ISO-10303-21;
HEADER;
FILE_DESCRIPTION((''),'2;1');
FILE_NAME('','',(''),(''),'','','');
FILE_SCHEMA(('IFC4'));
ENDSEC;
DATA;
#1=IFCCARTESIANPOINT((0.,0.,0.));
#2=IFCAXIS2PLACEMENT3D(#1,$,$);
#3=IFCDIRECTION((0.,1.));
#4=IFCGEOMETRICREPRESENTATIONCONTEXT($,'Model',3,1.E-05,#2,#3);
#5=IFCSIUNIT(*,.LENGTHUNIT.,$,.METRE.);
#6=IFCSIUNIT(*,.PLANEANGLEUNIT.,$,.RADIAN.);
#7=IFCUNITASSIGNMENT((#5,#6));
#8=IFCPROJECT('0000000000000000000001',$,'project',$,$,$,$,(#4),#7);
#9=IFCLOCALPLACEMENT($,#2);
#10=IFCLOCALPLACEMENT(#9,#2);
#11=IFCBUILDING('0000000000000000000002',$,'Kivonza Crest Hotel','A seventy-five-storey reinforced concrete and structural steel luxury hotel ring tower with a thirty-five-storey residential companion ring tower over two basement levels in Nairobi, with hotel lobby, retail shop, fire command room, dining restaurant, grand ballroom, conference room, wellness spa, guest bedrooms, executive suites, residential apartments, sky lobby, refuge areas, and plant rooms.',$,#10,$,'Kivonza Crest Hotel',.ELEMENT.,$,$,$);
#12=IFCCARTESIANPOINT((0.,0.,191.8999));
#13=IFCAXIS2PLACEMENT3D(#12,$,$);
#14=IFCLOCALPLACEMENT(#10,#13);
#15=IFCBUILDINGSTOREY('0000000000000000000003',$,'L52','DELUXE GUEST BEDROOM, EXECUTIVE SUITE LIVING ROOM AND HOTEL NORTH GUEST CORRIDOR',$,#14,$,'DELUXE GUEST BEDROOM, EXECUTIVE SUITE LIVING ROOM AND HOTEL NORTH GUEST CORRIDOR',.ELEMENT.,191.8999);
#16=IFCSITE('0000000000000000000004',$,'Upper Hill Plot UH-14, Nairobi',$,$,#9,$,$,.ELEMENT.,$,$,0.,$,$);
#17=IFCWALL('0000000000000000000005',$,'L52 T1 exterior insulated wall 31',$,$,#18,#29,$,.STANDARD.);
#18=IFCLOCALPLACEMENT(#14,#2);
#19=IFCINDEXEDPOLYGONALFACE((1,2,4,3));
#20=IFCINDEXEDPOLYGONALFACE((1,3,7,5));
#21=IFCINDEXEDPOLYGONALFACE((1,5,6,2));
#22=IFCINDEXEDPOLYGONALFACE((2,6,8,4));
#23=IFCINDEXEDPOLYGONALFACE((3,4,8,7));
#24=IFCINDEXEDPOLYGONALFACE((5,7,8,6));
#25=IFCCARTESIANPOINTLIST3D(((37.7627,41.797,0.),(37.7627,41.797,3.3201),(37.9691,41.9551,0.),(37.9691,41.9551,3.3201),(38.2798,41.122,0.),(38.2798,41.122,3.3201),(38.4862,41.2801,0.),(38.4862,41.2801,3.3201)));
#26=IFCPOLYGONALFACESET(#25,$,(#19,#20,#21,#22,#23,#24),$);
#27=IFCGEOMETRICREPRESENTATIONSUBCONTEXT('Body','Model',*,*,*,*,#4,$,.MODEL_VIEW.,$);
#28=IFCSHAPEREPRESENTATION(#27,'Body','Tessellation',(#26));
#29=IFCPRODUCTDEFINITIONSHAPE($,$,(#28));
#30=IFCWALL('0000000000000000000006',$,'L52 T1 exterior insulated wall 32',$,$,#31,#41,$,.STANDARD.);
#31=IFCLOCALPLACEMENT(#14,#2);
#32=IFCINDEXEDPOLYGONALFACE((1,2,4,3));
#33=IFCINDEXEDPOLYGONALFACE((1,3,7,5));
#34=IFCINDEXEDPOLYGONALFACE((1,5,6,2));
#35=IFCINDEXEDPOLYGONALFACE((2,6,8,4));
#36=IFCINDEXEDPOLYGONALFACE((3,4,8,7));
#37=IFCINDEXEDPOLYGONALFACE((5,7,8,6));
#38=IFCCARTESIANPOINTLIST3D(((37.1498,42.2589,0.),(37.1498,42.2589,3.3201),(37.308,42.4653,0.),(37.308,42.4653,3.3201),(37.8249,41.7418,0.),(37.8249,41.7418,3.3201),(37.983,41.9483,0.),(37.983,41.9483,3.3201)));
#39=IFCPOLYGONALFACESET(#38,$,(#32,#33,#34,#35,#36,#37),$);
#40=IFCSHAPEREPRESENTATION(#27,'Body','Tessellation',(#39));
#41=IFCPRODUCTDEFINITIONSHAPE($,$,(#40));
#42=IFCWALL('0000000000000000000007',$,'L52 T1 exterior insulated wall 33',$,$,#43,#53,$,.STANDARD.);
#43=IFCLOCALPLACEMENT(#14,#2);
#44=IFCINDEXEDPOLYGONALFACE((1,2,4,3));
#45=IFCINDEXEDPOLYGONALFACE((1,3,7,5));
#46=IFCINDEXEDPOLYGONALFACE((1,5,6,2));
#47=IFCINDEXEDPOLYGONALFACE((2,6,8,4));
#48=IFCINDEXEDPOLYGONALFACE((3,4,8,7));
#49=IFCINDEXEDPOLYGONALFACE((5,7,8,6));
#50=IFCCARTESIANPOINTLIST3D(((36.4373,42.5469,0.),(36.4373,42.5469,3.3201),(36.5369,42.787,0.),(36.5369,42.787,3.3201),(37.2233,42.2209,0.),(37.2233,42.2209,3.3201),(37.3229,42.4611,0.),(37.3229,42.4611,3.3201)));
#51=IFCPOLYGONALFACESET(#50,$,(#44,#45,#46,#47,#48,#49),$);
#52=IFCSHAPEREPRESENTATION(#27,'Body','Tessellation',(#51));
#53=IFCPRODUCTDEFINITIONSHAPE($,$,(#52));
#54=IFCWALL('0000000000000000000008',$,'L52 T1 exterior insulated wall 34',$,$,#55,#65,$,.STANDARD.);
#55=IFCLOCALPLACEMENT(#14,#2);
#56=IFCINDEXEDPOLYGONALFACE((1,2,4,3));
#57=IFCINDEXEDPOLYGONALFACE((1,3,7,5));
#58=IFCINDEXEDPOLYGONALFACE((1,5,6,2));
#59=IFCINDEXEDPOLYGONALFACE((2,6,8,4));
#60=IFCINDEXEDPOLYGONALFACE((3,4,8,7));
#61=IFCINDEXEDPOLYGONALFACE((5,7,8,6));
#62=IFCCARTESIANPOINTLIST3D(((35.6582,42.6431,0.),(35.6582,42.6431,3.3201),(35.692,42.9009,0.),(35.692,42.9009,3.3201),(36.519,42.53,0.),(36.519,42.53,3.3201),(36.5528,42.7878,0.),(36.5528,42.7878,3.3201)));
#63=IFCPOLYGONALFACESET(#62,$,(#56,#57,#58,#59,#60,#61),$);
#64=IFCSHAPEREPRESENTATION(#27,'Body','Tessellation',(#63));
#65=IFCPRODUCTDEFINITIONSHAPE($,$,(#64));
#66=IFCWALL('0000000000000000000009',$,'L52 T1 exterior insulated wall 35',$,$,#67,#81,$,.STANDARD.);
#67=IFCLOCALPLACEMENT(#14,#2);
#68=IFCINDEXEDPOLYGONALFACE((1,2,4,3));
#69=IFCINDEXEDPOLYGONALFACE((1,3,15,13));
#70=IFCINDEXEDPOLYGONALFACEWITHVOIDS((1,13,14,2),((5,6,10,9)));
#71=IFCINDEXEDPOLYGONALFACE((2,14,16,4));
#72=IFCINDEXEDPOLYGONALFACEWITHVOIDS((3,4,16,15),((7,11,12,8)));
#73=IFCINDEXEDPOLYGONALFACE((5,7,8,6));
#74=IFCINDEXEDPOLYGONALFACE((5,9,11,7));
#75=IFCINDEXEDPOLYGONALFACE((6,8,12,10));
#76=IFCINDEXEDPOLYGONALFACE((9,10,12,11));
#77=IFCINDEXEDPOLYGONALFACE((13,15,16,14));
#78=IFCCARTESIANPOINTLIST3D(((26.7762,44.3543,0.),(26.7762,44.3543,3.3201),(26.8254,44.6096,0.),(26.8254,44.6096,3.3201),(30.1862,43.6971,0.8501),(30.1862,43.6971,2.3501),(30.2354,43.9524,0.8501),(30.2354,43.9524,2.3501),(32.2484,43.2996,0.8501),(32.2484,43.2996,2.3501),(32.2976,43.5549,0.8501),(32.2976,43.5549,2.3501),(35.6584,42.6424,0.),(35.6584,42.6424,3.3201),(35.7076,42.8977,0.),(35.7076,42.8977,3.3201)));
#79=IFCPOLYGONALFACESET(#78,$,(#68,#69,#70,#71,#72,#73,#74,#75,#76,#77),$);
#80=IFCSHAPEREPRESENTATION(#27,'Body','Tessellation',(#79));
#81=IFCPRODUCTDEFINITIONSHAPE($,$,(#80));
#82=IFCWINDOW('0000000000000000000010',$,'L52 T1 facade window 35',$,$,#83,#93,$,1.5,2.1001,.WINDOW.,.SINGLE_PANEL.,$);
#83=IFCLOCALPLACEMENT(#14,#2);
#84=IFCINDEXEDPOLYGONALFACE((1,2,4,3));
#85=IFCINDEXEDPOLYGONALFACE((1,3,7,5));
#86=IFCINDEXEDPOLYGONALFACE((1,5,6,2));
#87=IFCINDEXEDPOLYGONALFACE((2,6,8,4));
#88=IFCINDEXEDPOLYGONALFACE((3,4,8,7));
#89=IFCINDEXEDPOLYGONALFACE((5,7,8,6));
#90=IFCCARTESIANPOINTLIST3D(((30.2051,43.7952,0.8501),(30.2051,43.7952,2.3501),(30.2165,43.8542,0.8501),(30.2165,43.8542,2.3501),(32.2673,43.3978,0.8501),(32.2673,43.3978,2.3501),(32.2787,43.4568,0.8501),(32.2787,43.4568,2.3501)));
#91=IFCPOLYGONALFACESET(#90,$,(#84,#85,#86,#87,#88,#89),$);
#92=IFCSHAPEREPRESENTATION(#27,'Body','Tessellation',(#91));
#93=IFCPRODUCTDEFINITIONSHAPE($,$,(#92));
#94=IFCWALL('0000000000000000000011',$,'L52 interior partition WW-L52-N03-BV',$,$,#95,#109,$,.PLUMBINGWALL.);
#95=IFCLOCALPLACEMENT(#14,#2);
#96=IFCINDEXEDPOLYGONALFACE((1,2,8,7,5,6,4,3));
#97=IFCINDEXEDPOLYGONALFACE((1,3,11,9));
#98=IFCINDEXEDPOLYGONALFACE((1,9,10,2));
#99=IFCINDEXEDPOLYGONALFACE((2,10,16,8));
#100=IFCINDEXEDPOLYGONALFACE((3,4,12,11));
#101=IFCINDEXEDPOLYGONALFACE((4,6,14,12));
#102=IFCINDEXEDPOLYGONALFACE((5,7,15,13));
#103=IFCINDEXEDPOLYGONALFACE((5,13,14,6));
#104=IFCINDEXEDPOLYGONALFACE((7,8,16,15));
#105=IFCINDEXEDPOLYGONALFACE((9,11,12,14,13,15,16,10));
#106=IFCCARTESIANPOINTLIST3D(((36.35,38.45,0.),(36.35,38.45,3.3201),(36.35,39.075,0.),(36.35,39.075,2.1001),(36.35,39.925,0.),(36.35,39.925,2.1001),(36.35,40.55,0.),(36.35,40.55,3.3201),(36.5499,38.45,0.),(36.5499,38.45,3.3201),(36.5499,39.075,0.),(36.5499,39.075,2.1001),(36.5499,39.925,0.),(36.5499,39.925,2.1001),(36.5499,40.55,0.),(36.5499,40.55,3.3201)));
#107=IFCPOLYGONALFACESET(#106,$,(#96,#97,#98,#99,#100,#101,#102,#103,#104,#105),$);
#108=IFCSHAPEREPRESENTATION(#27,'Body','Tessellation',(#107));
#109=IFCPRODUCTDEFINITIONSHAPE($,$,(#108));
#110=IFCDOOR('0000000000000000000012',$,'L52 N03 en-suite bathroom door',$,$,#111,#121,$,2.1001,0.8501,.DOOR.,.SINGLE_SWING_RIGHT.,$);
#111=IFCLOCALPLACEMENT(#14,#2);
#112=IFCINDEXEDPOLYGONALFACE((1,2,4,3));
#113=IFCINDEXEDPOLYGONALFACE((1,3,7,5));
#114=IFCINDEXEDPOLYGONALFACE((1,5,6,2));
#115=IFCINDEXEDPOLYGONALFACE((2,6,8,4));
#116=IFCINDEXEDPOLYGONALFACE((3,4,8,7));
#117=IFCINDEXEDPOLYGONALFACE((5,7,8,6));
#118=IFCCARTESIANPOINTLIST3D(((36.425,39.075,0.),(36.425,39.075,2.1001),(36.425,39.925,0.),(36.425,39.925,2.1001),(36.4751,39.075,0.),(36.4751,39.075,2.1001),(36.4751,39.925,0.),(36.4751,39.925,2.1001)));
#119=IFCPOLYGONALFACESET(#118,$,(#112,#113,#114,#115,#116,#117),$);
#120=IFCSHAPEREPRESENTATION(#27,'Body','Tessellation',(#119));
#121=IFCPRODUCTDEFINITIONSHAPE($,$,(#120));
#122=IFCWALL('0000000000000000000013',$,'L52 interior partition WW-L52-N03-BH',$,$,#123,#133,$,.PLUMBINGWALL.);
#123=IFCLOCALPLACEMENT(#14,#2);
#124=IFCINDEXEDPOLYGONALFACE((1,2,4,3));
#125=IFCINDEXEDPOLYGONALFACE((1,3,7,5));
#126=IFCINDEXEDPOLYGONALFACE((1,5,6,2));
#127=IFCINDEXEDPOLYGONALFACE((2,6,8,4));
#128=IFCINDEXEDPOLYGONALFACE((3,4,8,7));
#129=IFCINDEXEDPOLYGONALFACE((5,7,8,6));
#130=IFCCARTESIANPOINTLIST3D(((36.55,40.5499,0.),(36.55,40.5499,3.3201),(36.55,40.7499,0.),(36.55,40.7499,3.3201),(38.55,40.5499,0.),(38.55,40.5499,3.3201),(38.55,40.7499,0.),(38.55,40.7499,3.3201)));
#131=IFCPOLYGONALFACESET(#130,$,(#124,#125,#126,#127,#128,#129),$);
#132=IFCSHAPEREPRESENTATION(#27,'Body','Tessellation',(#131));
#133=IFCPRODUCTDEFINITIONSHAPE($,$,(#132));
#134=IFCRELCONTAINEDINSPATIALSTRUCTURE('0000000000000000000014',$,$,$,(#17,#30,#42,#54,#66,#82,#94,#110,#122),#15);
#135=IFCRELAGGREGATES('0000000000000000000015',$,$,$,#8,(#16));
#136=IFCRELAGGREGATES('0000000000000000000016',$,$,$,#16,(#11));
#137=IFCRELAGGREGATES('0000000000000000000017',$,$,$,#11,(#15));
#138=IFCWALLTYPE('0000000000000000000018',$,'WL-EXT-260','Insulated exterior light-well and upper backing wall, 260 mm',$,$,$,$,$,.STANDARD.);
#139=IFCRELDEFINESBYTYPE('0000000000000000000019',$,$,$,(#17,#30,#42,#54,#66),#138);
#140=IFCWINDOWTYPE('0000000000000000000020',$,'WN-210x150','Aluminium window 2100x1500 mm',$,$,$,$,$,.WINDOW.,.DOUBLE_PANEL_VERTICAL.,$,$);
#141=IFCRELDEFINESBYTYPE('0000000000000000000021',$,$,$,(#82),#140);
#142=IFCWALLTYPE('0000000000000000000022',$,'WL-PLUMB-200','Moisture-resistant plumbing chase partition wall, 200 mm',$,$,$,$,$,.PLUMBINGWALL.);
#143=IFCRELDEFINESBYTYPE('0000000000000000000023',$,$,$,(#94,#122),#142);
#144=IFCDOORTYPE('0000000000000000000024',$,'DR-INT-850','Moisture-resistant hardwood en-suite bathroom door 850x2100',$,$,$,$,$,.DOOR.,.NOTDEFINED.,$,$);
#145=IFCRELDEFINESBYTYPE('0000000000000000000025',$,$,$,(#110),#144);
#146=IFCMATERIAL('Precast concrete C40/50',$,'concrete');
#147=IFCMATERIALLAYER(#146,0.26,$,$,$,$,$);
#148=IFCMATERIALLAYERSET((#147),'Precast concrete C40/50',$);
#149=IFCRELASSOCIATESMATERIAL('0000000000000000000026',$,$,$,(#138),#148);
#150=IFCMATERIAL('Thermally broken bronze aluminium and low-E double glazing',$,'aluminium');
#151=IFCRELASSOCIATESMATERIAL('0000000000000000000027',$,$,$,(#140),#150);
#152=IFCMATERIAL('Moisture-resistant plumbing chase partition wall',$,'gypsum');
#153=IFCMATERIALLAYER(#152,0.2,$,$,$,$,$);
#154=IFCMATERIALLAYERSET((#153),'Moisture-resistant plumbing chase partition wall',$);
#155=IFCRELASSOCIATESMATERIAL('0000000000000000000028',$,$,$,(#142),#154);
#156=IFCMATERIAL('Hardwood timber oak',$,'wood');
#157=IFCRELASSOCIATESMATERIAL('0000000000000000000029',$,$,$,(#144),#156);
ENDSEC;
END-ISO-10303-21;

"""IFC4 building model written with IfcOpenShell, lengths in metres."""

from ifc_helpers import new_model, si_unit, direction, frame, frame_2d, origin, place, context, subcontext, project, spatial, rectangle, extrude, material, layer, layer_set, type_object, element, fill, save


model = new_model("IFC4")

# Units and contexts
model_context = context("Model", 3, precision=1e-05, world=origin(), true_north=direction((0.0, 1.0)))
body_context = subcontext(model_context, "Body", "Model", "MODEL_VIEW")
ifc_project = project(units=[si_unit("LENGTHUNIT", "METRE"), si_unit("PLANEANGLEUNIT", "RADIAN")], contexts=[model_context])

# Site, building, storey
site_placement = place(None, origin())
site = spatial("IfcSite", under=ifc_project, at=site_placement, Name="Upper Hill Plot UH-14, Nairobi", CompositionType="ELEMENT", RefElevation=0.0)
building_placement = place(site_placement, origin())
building = spatial("IfcBuilding", under=site, at=building_placement, Name="Kivonza Crest Hotel", Description="A seventy-five-storey reinforced concrete and structural steel luxury hotel ring tower with a thirty-five-storey residential companion ring tower over two basement levels in Nairobi, with hotel lobby, retail shop, fire command room, dining restaurant, grand ballroom, conference room, wellness spa, guest bedrooms, executive suites, residential apartments, sky lobby, refuge areas, and plant rooms.", LongName="Kivonza Crest Hotel", CompositionType="ELEMENT")
storey_placement = place(building_placement, frame((0.0, 0.0, 191.8999)))
storey = spatial("IfcBuildingStorey", under=building, at=storey_placement, Name="L52", Description="DELUXE GUEST BEDROOM, EXECUTIVE SUITE LIVING ROOM AND HOTEL NORTH GUEST CORRIDOR", LongName="DELUXE GUEST BEDROOM, EXECUTIVE SUITE LIVING ROOM AND HOTEL NORTH GUEST CORRIDOR", CompositionType="ELEMENT", Elevation=191.8999)

# Walls
ifc_material_1 = material(Name="Precast concrete C40/50", Category="concrete")
ifc_layer_1 = layer(ifc_material_1, 0.26)
ifc_layer_set_1 = layer_set([ifc_layer_1], Name="Precast concrete C40/50")
wall_type_1 = type_object("IfcWallType", Name="WL-EXT-260", Description="Insulated exterior light-well and upper backing wall, 260 mm", PredefinedType="STANDARD", material=ifc_layer_set_1)
for number, where, z_axis, x_axis, name in (
    (1, (38.3831, 41.2009, 0.0), (0.0, 0.0, 1.0), (-0.6081, 0.79386, 0.0), "L52 T1 exterior insulated wall 31"),
    (2, (37.9041, 41.845, 0.0), (0.0, 0.0, 1.0), (-0.79386, 0.6081, 0.0), "L52 T1 exterior insulated wall 32"),
):
    element("IfcWall", number, at=place(storey_placement, frame(where, z_axis=z_axis, x_axis=x_axis)), inside=storey, type_object=wall_type_1, Name=name, PredefinedType="STANDARD", context=body_context, shape_type="SweptSolid", body=[
        extrude(rectangle(XDim=0.8503, YDim=0.26, at=frame_2d((0.4253, 0.0))), origin(), (0.0, 0.0, 1.0), 3.3201),
    ])
wall_1_placement = place(storey_placement, frame((37.2729, 42.3411, 0.0), z_axis=(0.0, 0.0, 1.0), x_axis=(-0.923712, 0.383087, 0.0)))
element("IfcWall", 3, at=wall_1_placement, inside=storey, type_object=wall_type_1, Name="L52 T1 exterior insulated wall 33", PredefinedType="STANDARD", context=body_context, shape_type="SweptSolid", body=[
    extrude(rectangle(XDim=0.8508, YDim=0.26, at=frame_2d((0.4253, 0.0))), origin(), (0.0, 0.0, 1.0), 3.3201),
])
wall_2_placement = place(storey_placement, frame((36.5359, 42.6589, 0.0), z_axis=(0.0, 0.0, 1.0), x_axis=(-0.991489, 0.130193, 0.0)))
element("IfcWall", 4, at=wall_2_placement, inside=storey, type_object=wall_type_1, Name="L52 T1 exterior insulated wall 34", PredefinedType="STANDARD", context=body_context, shape_type="SweptSolid", body=[
    extrude(rectangle(XDim=0.8682, YDim=0.26, at=frame_2d((0.4341, 0.0))), origin(), (0.0, 0.0, 1.0), 3.3201),
])

# Wall, opening, window
wall_3_placement = place(storey_placement, frame((35.6831, 42.77, 0.0), z_axis=(0.0, 0.0, 1.0), x_axis=(-0.981928, 0.189255, 0.0)))
wall_3 = element("IfcWall", 5, at=wall_3_placement, inside=storey, type_object=wall_type_1, Name="L52 T1 exterior insulated wall 35", PredefinedType="STANDARD", context=body_context, shape_type="SweptSolid", body=[
    extrude(rectangle(XDim=9.0457, YDim=0.26, at=frame_2d((4.5229, 0.0))), origin(), (0.0, 0.0, 1.0), 3.3201),
])
opening_1_placement = place(wall_3_placement, frame((3.4729, 0.0, 0.8501)))
opening_1 = element("IfcOpeningElement", 6, at=opening_1_placement, cuts=wall_3, PredefinedType="OPENING", context=body_context, shape_type="SweptSolid", body=[
    extrude(rectangle(XDim=2.1001, YDim=1.5, at=frame_2d((1.05, 0.75))), frame((0.0, 0.1401, 0.0), z_axis=(0.0, -1.0, 0.0), x_axis=(1.0, 0.0, 0.0)), (0.0, 0.0, 1.0), 0.28),
])
ifc_material_2 = material(Name="Thermally broken bronze aluminium and low-E double glazing", Category="aluminium")
window_type = type_object("IfcWindowType", Name="WN-210x150", Description="Aluminium window 2100x1500 mm", PartitioningType="DOUBLE_PANEL_VERTICAL", PredefinedType="WINDOW", material=ifc_material_2)
window_placement = place(opening_1_placement, origin())
window = element("IfcWindow", 7, at=window_placement, inside=storey, type_object=window_type, Name="L52 T1 facade window 35", OverallHeight=1.5, OverallWidth=2.1001, PartitioningType="SINGLE_PANEL", PredefinedType="WINDOW", context=body_context, shape_type="SweptSolid", body=[
    extrude(rectangle(XDim=2.1001, YDim=1.5, at=frame_2d((1.05, 0.75))), frame((0.0, 0.03, 0.0), z_axis=(0.0, -1.0, 0.0), x_axis=(1.0, 0.0, 0.0)), (0.0, 0.0, 1.0), 0.0601),
])
fill(opening_1, window)

# Wall, opening, door
ifc_material_3 = material(Name="Moisture-resistant plumbing chase partition wall", Category="gypsum")
ifc_layer_2 = layer(ifc_material_3, 0.2)
ifc_layer_set_2 = layer_set([ifc_layer_2], Name="Moisture-resistant plumbing chase partition wall")
wall_type_2 = type_object("IfcWallType", Name="WL-PLUMB-200", Description="Moisture-resistant plumbing chase partition wall, 200 mm", PredefinedType="PLUMBINGWALL", material=ifc_layer_set_2)
wall_4_placement = place(storey_placement, frame((36.45, 38.45, 0.0), z_axis=(0.0, 0.0, 1.0), x_axis=(0.0, 1.0, 0.0)))
wall_4 = element("IfcWall", 8, at=wall_4_placement, inside=storey, type_object=wall_type_2, Name="L52 interior partition WW-L52-N03-BV", PredefinedType="PLUMBINGWALL", context=body_context, shape_type="SweptSolid", body=[
    extrude(rectangle(XDim=2.1001, YDim=0.2, at=frame_2d((1.05, 0.0))), origin(), (0.0, 0.0, 1.0), 3.3201),
])
opening_2_placement = place(wall_4_placement, frame((0.625, 0.0, 0.0)))
opening_2 = element("IfcOpeningElement", 9, at=opening_2_placement, cuts=wall_4, PredefinedType="OPENING", context=body_context, shape_type="SweptSolid", body=[
    extrude(rectangle(XDim=0.8501, YDim=2.1001, at=frame_2d((0.425, 1.05))), frame((0.0, 0.1099, 0.0), z_axis=(0.0, -1.0, 0.0), x_axis=(1.0, 0.0, 0.0)), (0.0, 0.0, 1.0), 0.22),
])
ifc_material_4 = material(Name="Hardwood timber oak", Category="wood")
door_type = type_object("IfcDoorType", Name="DR-INT-850", Description="Moisture-resistant hardwood en-suite bathroom door 850x2100", OperationType="NOTDEFINED", PredefinedType="DOOR", material=ifc_material_4)
door_placement = place(opening_2_placement, origin())
door = element("IfcDoor", 10, at=door_placement, inside=storey, type_object=door_type, Name="L52 N03 en-suite bathroom door", OperationType="SINGLE_SWING_RIGHT", OverallHeight=2.1001, OverallWidth=0.8501, PredefinedType="DOOR", context=body_context, shape_type="SweptSolid", body=[
    extrude(rectangle(XDim=0.8501, YDim=2.1001, at=frame_2d((0.425, 1.05))), frame((0.0, 0.0249, 0.0), z_axis=(0.0, -1.0, 0.0), x_axis=(1.0, 0.0, 0.0)), (0.0, 0.0, 1.0), 0.05),
])
fill(opening_2, door)

# Wall
wall_5_placement = place(storey_placement, frame((36.55, 40.6499, 0.0), z_axis=(0.0, 0.0, 1.0), x_axis=(1.0, 0.0, 0.0)))
element("IfcWall", 11, at=wall_5_placement, inside=storey, type_object=wall_type_2, Name="L52 interior partition WW-L52-N03-BH", PredefinedType="PLUMBINGWALL", context=body_context, shape_type="SweptSolid", body=[
    extrude(rectangle(XDim=2.0, YDim=0.2, at=frame_2d((1.0, 0.0))), origin(), (0.0, 0.0, 1.0), 3.3201),
])

save(model, "model.ifc")
